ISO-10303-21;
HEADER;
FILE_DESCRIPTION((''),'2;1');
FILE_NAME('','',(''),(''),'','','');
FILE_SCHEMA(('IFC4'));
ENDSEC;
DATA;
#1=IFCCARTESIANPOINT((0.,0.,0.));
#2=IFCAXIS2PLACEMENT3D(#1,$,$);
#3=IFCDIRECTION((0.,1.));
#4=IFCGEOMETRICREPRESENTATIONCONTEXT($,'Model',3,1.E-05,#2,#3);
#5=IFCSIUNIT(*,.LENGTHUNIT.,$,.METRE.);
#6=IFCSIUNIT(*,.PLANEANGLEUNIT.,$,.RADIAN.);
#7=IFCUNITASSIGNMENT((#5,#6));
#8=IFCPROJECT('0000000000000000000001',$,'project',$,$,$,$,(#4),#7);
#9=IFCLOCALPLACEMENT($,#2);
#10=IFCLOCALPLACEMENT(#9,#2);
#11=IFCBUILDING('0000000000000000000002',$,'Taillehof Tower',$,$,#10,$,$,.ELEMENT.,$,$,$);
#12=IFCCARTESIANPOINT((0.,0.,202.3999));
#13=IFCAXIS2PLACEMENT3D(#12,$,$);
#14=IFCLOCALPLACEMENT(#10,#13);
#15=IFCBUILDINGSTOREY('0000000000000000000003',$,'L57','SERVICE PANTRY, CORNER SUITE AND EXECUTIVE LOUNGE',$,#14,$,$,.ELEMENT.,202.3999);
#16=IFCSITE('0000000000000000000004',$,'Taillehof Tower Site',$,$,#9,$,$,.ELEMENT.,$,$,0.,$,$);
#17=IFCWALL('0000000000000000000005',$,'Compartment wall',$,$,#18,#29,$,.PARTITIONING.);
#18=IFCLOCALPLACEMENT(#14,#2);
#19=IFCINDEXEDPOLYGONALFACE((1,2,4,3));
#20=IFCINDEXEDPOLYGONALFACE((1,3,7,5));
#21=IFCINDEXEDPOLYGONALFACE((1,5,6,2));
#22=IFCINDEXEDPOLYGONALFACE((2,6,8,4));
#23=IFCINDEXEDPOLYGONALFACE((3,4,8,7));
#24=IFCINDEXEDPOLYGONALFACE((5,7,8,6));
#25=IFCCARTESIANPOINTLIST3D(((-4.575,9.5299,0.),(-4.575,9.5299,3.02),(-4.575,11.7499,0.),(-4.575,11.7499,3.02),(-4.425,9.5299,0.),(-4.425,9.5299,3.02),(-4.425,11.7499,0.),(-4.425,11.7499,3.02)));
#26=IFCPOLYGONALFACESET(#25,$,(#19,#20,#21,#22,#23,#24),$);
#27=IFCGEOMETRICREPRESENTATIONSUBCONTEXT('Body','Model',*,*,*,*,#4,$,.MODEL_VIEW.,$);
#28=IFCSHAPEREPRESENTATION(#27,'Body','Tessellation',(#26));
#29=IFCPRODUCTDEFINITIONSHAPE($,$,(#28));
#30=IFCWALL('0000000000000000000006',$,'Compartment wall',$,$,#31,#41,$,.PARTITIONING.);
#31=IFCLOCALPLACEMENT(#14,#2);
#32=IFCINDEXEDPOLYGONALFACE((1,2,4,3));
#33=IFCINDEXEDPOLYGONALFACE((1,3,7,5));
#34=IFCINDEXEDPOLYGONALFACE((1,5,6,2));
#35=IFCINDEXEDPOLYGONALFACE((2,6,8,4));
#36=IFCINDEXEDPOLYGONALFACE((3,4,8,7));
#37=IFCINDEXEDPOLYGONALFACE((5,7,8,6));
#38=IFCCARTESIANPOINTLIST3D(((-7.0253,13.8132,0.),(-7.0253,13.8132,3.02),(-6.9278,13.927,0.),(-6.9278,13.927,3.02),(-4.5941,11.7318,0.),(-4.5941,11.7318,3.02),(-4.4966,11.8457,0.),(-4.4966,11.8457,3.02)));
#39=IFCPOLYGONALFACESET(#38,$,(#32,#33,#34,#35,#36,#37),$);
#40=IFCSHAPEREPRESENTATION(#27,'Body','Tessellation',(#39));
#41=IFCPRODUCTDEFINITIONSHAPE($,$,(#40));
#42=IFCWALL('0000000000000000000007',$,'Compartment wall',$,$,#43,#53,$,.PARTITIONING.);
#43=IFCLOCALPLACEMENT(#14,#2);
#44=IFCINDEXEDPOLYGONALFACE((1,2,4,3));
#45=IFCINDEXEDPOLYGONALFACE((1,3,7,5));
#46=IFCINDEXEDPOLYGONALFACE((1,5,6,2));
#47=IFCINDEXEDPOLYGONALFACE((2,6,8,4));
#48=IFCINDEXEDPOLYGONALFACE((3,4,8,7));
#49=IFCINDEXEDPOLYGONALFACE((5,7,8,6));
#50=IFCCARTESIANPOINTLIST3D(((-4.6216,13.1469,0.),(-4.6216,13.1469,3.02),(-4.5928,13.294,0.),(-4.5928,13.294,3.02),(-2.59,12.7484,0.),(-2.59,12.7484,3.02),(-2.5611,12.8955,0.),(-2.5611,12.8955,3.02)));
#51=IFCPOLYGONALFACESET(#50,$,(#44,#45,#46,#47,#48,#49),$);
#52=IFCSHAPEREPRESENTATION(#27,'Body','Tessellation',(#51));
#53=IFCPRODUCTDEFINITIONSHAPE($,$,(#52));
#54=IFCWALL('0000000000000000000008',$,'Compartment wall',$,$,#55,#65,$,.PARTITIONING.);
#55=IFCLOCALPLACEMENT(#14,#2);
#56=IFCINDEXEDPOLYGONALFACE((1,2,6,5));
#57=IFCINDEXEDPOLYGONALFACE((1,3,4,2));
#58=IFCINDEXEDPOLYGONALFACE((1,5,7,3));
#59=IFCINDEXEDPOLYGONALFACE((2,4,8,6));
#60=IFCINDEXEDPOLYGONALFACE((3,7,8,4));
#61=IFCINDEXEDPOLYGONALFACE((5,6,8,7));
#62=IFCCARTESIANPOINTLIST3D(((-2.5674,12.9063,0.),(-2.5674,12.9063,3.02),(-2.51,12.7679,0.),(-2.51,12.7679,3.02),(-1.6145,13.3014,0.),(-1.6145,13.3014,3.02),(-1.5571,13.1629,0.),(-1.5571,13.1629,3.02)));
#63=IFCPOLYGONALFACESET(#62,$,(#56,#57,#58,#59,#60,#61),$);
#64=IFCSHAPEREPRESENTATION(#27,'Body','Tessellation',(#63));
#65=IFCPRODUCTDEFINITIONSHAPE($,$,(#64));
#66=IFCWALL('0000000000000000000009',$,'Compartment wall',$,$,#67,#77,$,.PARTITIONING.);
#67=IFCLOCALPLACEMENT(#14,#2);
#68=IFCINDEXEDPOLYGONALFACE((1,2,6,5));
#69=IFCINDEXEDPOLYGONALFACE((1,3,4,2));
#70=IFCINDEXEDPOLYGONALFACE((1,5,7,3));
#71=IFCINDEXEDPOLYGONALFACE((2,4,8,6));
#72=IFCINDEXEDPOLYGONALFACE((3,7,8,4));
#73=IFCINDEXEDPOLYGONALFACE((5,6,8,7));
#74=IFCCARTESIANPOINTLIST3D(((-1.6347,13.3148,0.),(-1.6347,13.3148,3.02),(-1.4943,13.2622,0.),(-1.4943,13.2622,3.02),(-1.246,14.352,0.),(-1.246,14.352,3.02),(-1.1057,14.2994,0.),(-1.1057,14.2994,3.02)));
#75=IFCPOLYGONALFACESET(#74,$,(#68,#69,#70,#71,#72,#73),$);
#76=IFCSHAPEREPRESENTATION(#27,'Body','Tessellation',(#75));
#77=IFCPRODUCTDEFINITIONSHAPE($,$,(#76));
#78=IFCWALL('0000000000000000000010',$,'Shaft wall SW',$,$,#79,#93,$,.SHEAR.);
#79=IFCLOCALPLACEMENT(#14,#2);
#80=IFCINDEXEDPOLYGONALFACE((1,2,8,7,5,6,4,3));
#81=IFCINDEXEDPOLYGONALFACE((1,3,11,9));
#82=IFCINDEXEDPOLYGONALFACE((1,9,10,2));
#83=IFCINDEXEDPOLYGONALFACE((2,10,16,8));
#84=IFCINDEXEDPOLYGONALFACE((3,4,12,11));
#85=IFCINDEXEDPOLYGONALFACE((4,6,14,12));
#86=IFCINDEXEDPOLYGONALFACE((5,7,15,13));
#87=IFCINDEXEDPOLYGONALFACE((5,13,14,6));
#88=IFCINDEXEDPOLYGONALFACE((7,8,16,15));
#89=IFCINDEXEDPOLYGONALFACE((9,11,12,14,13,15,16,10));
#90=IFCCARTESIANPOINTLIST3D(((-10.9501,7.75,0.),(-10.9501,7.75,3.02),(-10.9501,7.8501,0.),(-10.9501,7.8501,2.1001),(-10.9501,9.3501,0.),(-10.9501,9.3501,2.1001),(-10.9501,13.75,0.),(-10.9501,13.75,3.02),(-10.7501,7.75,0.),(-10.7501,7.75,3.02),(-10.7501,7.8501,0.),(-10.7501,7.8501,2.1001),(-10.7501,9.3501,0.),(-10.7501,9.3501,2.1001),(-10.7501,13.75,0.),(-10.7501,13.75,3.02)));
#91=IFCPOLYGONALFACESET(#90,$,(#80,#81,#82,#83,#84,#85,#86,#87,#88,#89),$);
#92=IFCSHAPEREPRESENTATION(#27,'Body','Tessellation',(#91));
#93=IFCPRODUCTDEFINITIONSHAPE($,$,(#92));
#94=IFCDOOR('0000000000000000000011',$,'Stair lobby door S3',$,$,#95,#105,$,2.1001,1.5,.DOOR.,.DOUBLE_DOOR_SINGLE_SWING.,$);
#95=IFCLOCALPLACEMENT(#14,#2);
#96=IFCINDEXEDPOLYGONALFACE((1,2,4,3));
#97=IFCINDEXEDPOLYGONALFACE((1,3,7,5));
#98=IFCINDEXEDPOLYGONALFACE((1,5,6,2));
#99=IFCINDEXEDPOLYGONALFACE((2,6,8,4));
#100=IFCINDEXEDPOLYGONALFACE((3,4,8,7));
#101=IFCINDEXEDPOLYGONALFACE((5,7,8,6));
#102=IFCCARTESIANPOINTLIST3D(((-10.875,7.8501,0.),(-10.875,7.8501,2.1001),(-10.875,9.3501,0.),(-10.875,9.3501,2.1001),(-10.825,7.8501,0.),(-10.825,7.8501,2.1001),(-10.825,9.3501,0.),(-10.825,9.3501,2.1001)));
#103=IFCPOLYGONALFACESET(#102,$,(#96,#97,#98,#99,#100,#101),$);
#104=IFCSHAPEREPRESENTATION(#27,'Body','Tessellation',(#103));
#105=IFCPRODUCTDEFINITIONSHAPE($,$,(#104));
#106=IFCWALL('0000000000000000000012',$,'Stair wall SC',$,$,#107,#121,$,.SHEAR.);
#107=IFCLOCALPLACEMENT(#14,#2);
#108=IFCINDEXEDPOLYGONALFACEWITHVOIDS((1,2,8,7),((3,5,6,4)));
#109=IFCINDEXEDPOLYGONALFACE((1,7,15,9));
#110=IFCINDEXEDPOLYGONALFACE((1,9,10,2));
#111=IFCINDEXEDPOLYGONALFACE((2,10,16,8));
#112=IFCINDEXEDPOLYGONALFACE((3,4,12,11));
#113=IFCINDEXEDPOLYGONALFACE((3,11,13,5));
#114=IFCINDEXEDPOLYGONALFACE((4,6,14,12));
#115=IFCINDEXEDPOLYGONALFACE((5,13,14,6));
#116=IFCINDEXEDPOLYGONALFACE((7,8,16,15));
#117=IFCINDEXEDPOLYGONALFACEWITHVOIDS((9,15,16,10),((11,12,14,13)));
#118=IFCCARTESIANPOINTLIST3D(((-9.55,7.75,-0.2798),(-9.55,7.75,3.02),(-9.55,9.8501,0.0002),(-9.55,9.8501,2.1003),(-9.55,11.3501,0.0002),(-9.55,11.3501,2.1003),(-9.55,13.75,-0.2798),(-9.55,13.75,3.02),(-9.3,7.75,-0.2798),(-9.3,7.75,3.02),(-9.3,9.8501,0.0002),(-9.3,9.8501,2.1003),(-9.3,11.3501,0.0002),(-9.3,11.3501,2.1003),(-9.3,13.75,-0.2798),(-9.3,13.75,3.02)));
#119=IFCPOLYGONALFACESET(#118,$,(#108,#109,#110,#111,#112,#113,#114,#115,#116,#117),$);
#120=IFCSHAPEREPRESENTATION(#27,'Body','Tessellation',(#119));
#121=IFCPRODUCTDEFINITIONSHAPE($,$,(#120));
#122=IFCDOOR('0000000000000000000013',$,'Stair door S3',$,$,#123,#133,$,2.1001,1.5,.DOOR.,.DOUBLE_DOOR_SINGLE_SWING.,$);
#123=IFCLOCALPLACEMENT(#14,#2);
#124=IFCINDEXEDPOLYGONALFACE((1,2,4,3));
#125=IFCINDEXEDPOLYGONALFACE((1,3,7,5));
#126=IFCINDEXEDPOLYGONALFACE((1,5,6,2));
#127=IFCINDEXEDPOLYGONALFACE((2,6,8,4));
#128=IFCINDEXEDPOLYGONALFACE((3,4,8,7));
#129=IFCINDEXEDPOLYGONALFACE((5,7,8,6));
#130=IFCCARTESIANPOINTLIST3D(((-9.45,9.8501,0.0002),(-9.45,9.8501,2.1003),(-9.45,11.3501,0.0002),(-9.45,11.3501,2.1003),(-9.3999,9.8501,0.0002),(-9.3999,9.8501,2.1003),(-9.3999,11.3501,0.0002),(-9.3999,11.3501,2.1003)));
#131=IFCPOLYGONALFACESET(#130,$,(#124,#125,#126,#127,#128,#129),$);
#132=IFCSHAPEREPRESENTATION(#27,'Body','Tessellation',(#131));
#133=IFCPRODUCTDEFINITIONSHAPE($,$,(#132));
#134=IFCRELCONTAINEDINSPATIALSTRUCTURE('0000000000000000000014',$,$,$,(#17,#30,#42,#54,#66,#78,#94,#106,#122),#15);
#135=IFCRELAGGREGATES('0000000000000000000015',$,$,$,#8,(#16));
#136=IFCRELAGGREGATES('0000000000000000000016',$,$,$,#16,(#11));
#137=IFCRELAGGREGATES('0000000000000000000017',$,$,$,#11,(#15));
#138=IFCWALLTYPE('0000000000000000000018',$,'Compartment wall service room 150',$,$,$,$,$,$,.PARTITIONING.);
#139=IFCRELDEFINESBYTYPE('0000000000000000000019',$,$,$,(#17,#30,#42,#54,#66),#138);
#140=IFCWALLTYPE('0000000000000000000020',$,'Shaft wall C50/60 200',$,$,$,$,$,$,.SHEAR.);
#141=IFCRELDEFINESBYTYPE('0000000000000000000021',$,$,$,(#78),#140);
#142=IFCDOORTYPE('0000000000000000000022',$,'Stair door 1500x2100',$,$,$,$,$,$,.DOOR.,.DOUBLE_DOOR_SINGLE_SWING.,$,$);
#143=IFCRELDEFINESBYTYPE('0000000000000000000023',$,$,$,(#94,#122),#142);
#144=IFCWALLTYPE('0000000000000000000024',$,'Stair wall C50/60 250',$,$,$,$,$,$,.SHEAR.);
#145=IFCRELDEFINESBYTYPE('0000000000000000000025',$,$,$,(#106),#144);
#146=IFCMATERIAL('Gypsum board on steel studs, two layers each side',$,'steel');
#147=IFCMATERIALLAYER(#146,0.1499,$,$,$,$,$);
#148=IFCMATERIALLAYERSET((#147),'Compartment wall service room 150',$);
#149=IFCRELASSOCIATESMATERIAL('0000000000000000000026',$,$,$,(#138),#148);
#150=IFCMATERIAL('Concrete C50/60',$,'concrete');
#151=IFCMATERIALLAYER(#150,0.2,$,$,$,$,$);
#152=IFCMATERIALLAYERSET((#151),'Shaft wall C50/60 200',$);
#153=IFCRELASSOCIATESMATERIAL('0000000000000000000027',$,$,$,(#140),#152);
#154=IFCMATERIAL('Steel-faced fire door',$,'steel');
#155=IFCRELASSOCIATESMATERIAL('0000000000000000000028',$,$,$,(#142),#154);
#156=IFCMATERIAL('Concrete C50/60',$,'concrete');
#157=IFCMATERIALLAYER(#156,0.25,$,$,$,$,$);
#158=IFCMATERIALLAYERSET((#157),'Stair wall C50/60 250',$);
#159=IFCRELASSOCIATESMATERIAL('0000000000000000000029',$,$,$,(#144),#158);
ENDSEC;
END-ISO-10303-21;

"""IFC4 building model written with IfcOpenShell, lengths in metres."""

from ifc_helpers import new_model, si_unit, direction, frame, frame_2d, origin, place, context, subcontext, project, spatial, rectangle, extrude, material, layer, layer_set, type_object, element, fill, save


model = new_model("IFC4")

# Units and contexts
model_context = context("Model", 3, precision=1e-05, world=origin(), true_north=direction((0.0, 1.0)))
body_context = subcontext(model_context, "Body", "Model", "MODEL_VIEW")
ifc_project = project(units=[si_unit("LENGTHUNIT", "METRE"), si_unit("PLANEANGLEUNIT", "RADIAN")], contexts=[model_context])

# Site, building, storey
site_placement = place(None, origin())
site = spatial("IfcSite", under=ifc_project, at=site_placement, Name="Taillehof Tower Site", CompositionType="ELEMENT", RefElevation=0.0)
building_placement = place(site_placement, origin())
building = spatial("IfcBuilding", under=site, at=building_placement, Name="Taillehof Tower", CompositionType="ELEMENT")
storey_placement = place(building_placement, frame((0.0, 0.0, 202.3999)))
storey = spatial("IfcBuildingStorey", under=building, at=storey_placement, Name="L57", Description="SERVICE PANTRY, CORNER SUITE AND EXECUTIVE LOUNGE", CompositionType="ELEMENT", Elevation=202.3999)

# Walls
ifc_material_1 = material(Name="Gypsum board on steel studs, two layers each side", Category="steel")
ifc_layer_1 = layer(ifc_material_1, 0.1499)
ifc_layer_set_1 = layer_set([ifc_layer_1], Name="Compartment wall service room 150")
wall_type_1 = type_object("IfcWallType", Name="Compartment wall service room 150", PredefinedType="PARTITIONING", material=ifc_layer_set_1)
wall_1_placement = place(storey_placement, frame((-4.5, 9.53, 0.0), z_axis=(0.0, 0.0, 1.0), x_axis=(0.0, 1.0, 0.0)))
element("IfcWall", 1, at=wall_1_placement, inside=storey, type_object=wall_type_1, Name="Compartment wall", PredefinedType="PARTITIONING", context=body_context, shape_type="SweptSolid", body=[
    extrude(rectangle(XDim=2.22, YDim=0.1499, at=frame_2d((1.1099, 0.0))), origin(), (0.0, 0.0, 1.0), 3.02),
])
wall_2_placement = place(storey_placement, frame((-4.5454, 11.7888, 0.0), z_axis=(0.0, 0.0, 1.0), x_axis=(-0.75965, 0.650333, 0.0)))
element("IfcWall", 2, at=wall_2_placement, inside=storey, type_object=wall_type_1, Name="Compartment wall", PredefinedType="PARTITIONING", context=body_context, shape_type="SweptSolid", body=[
    extrude(rectangle(XDim=3.2004, YDim=0.1499, at=frame_2d((1.6001, 0.0))), origin(), (0.0, 0.0, 1.0), 3.02),
])
wall_3_placement = place(storey_placement, frame((-4.6072, 13.2205, 0.0), z_axis=(0.0, 0.0, 1.0), x_axis=(0.981304, -0.192463, 0.0)))
element("IfcWall", 3, at=wall_3_placement, inside=storey, type_object=wall_type_1, Name="Compartment wall", PredefinedType="PARTITIONING", context=body_context, shape_type="SweptSolid", body=[
    extrude(rectangle(XDim=2.0703, YDim=0.1499, at=frame_2d((1.0352, 0.0))), origin(), (0.0, 0.0, 1.0), 3.02),
])
wall_4_placement = place(storey_placement, frame((-2.5386, 12.8372, 0.0), z_axis=(0.0, 0.0, 1.0), x_axis=(0.923769, 0.382951, 0.0)))
element("IfcWall", 4, at=wall_4_placement, inside=storey, type_object=wall_type_1, Name="Compartment wall", PredefinedType="PARTITIONING", context=body_context, shape_type="SweptSolid", body=[
    extrude(rectangle(XDim=1.0315, YDim=0.1499, at=frame_2d((0.5156, 0.0))), origin(), (0.0, 0.0, 1.0), 3.02),
])
wall_5_placement = place(storey_placement, frame((-1.5645, 13.2886, 0.0), z_axis=(0.0, 0.0, 1.0), x_axis=(0.350858, 0.936429, 0.0)))
element("IfcWall", 5, at=wall_5_placement, inside=storey, type_object=wall_type_1, Name="Compartment wall", PredefinedType="PARTITIONING", context=body_context, shape_type="SweptSolid", body=[
    extrude(rectangle(XDim=1.1077, YDim=0.1499, at=frame_2d((0.5537, 0.0))), origin(), (0.0, 0.0, 1.0), 3.02),
])

# Walls, openings, doors
ifc_material_2 = material(Name="Concrete C50/60", Category="concrete")
ifc_layer_2 = layer(ifc_material_2, 0.2)
ifc_layer_set_2 = layer_set([ifc_layer_2], Name="Shaft wall C50/60 200")
wall_type_2 = type_object("IfcWallType", Name="Shaft wall C50/60 200", PredefinedType="SHEAR", material=ifc_layer_set_2)
wall_6_placement = place(storey_placement, frame((-10.8501, 7.75, 0.0), z_axis=(0.0, 0.0, 1.0), x_axis=(0.0, 1.0, 0.0)))
wall_6 = element("IfcWall", 6, at=wall_6_placement, inside=storey, type_object=wall_type_2, Name="Shaft wall SW", PredefinedType="SHEAR", context=body_context, shape_type="SweptSolid", body=[
    extrude(rectangle(XDim=6.0, YDim=0.2, at=frame_2d((3.0, 0.0))), origin(), (0.0, 0.0, 1.0), 3.02),
])
opening_1_placement = place(wall_6_placement, frame((0.1001, 0.0, 0.0)))
opening_1 = element("IfcOpeningElement", 7, at=opening_1_placement, cuts=wall_6, PredefinedType="OPENING", context=body_context, shape_type="SweptSolid", body=[
    extrude(rectangle(XDim=1.5, YDim=2.1001, at=frame_2d((0.75, 1.05))), frame((0.0, 0.1099, 0.0), z_axis=(0.0, -1.0, 0.0), x_axis=(1.0, 0.0, 0.0)), (0.0, 0.0, 1.0), 0.22),
])
ifc_material_3 = material(Name="Steel-faced fire door", Category="steel")
door_type = type_object("IfcDoorType", Name="Stair door 1500x2100", OperationType="DOUBLE_DOOR_SINGLE_SWING", PredefinedType="DOOR", material=ifc_material_3)
door_1_placement = place(opening_1_placement, origin())
door_1 = element("IfcDoor", 8, at=door_1_placement, inside=storey, type_object=door_type, Name="Stair lobby door S3", OperationType="DOUBLE_DOOR_SINGLE_SWING", OverallHeight=2.1001, OverallWidth=1.5, PredefinedType="DOOR", context=body_context, shape_type="SweptSolid", body=[
    extrude(rectangle(XDim=1.5, YDim=2.1001, at=frame_2d((0.75, 1.05))), frame((0.0, 0.0249, 0.0), z_axis=(0.0, -1.0, 0.0), x_axis=(1.0, 0.0, 0.0)), (0.0, 0.0, 1.0), 0.05),
])
fill(opening_1, door_1)
ifc_material_4 = material(Name="Concrete C50/60", Category="concrete")
ifc_layer_3 = layer(ifc_material_4, 0.25)
ifc_layer_set_3 = layer_set([ifc_layer_3], Name="Stair wall C50/60 250")
wall_type_3 = type_object("IfcWallType", Name="Stair wall C50/60 250", PredefinedType="SHEAR", material=ifc_layer_set_3)
wall_7_placement = place(storey_placement, frame((-9.425, 7.75, -0.2798), z_axis=(0.0, 0.0, 1.0), x_axis=(0.0, 1.0, 0.0)))
wall_7 = element("IfcWall", 9, at=wall_7_placement, inside=storey, type_object=wall_type_3, Name="Stair wall SC", PredefinedType="SHEAR", context=body_context, shape_type="SweptSolid", body=[
    extrude(rectangle(XDim=6.0, YDim=0.25, at=frame_2d((3.0, 0.0))), origin(), (0.0, 0.0, 1.0), 3.2998),
])
opening_2_placement = place(wall_7_placement, frame((2.1001, 0.0, 0.28)))
opening_2 = element("IfcOpeningElement", 10, at=opening_2_placement, cuts=wall_7, PredefinedType="OPENING", context=body_context, shape_type="SweptSolid", body=[
    extrude(rectangle(XDim=1.5, YDim=2.1001, at=frame_2d((0.75, 1.05))), frame((0.0, 0.135, 0.0), z_axis=(0.0, -1.0, 0.0), x_axis=(1.0, 0.0, 0.0)), (0.0, 0.0, 1.0), 0.27),
])
door_2_placement = place(opening_2_placement, origin())
door_2 = element("IfcDoor", 11, at=door_2_placement, inside=storey, type_object=door_type, Name="Stair door S3", OperationType="DOUBLE_DOOR_SINGLE_SWING", OverallHeight=2.1001, OverallWidth=1.5, PredefinedType="DOOR", context=body_context, shape_type="SweptSolid", body=[
    extrude(rectangle(XDim=1.5, YDim=2.1001, at=frame_2d((0.75, 1.05))), frame((0.0, 0.0249, 0.0), z_axis=(0.0, -1.0, 0.0), x_axis=(1.0, 0.0, 0.0)), (0.0, 0.0, 1.0), 0.05),
])
fill(opening_2, door_2)

save(model, "model.ifc")
